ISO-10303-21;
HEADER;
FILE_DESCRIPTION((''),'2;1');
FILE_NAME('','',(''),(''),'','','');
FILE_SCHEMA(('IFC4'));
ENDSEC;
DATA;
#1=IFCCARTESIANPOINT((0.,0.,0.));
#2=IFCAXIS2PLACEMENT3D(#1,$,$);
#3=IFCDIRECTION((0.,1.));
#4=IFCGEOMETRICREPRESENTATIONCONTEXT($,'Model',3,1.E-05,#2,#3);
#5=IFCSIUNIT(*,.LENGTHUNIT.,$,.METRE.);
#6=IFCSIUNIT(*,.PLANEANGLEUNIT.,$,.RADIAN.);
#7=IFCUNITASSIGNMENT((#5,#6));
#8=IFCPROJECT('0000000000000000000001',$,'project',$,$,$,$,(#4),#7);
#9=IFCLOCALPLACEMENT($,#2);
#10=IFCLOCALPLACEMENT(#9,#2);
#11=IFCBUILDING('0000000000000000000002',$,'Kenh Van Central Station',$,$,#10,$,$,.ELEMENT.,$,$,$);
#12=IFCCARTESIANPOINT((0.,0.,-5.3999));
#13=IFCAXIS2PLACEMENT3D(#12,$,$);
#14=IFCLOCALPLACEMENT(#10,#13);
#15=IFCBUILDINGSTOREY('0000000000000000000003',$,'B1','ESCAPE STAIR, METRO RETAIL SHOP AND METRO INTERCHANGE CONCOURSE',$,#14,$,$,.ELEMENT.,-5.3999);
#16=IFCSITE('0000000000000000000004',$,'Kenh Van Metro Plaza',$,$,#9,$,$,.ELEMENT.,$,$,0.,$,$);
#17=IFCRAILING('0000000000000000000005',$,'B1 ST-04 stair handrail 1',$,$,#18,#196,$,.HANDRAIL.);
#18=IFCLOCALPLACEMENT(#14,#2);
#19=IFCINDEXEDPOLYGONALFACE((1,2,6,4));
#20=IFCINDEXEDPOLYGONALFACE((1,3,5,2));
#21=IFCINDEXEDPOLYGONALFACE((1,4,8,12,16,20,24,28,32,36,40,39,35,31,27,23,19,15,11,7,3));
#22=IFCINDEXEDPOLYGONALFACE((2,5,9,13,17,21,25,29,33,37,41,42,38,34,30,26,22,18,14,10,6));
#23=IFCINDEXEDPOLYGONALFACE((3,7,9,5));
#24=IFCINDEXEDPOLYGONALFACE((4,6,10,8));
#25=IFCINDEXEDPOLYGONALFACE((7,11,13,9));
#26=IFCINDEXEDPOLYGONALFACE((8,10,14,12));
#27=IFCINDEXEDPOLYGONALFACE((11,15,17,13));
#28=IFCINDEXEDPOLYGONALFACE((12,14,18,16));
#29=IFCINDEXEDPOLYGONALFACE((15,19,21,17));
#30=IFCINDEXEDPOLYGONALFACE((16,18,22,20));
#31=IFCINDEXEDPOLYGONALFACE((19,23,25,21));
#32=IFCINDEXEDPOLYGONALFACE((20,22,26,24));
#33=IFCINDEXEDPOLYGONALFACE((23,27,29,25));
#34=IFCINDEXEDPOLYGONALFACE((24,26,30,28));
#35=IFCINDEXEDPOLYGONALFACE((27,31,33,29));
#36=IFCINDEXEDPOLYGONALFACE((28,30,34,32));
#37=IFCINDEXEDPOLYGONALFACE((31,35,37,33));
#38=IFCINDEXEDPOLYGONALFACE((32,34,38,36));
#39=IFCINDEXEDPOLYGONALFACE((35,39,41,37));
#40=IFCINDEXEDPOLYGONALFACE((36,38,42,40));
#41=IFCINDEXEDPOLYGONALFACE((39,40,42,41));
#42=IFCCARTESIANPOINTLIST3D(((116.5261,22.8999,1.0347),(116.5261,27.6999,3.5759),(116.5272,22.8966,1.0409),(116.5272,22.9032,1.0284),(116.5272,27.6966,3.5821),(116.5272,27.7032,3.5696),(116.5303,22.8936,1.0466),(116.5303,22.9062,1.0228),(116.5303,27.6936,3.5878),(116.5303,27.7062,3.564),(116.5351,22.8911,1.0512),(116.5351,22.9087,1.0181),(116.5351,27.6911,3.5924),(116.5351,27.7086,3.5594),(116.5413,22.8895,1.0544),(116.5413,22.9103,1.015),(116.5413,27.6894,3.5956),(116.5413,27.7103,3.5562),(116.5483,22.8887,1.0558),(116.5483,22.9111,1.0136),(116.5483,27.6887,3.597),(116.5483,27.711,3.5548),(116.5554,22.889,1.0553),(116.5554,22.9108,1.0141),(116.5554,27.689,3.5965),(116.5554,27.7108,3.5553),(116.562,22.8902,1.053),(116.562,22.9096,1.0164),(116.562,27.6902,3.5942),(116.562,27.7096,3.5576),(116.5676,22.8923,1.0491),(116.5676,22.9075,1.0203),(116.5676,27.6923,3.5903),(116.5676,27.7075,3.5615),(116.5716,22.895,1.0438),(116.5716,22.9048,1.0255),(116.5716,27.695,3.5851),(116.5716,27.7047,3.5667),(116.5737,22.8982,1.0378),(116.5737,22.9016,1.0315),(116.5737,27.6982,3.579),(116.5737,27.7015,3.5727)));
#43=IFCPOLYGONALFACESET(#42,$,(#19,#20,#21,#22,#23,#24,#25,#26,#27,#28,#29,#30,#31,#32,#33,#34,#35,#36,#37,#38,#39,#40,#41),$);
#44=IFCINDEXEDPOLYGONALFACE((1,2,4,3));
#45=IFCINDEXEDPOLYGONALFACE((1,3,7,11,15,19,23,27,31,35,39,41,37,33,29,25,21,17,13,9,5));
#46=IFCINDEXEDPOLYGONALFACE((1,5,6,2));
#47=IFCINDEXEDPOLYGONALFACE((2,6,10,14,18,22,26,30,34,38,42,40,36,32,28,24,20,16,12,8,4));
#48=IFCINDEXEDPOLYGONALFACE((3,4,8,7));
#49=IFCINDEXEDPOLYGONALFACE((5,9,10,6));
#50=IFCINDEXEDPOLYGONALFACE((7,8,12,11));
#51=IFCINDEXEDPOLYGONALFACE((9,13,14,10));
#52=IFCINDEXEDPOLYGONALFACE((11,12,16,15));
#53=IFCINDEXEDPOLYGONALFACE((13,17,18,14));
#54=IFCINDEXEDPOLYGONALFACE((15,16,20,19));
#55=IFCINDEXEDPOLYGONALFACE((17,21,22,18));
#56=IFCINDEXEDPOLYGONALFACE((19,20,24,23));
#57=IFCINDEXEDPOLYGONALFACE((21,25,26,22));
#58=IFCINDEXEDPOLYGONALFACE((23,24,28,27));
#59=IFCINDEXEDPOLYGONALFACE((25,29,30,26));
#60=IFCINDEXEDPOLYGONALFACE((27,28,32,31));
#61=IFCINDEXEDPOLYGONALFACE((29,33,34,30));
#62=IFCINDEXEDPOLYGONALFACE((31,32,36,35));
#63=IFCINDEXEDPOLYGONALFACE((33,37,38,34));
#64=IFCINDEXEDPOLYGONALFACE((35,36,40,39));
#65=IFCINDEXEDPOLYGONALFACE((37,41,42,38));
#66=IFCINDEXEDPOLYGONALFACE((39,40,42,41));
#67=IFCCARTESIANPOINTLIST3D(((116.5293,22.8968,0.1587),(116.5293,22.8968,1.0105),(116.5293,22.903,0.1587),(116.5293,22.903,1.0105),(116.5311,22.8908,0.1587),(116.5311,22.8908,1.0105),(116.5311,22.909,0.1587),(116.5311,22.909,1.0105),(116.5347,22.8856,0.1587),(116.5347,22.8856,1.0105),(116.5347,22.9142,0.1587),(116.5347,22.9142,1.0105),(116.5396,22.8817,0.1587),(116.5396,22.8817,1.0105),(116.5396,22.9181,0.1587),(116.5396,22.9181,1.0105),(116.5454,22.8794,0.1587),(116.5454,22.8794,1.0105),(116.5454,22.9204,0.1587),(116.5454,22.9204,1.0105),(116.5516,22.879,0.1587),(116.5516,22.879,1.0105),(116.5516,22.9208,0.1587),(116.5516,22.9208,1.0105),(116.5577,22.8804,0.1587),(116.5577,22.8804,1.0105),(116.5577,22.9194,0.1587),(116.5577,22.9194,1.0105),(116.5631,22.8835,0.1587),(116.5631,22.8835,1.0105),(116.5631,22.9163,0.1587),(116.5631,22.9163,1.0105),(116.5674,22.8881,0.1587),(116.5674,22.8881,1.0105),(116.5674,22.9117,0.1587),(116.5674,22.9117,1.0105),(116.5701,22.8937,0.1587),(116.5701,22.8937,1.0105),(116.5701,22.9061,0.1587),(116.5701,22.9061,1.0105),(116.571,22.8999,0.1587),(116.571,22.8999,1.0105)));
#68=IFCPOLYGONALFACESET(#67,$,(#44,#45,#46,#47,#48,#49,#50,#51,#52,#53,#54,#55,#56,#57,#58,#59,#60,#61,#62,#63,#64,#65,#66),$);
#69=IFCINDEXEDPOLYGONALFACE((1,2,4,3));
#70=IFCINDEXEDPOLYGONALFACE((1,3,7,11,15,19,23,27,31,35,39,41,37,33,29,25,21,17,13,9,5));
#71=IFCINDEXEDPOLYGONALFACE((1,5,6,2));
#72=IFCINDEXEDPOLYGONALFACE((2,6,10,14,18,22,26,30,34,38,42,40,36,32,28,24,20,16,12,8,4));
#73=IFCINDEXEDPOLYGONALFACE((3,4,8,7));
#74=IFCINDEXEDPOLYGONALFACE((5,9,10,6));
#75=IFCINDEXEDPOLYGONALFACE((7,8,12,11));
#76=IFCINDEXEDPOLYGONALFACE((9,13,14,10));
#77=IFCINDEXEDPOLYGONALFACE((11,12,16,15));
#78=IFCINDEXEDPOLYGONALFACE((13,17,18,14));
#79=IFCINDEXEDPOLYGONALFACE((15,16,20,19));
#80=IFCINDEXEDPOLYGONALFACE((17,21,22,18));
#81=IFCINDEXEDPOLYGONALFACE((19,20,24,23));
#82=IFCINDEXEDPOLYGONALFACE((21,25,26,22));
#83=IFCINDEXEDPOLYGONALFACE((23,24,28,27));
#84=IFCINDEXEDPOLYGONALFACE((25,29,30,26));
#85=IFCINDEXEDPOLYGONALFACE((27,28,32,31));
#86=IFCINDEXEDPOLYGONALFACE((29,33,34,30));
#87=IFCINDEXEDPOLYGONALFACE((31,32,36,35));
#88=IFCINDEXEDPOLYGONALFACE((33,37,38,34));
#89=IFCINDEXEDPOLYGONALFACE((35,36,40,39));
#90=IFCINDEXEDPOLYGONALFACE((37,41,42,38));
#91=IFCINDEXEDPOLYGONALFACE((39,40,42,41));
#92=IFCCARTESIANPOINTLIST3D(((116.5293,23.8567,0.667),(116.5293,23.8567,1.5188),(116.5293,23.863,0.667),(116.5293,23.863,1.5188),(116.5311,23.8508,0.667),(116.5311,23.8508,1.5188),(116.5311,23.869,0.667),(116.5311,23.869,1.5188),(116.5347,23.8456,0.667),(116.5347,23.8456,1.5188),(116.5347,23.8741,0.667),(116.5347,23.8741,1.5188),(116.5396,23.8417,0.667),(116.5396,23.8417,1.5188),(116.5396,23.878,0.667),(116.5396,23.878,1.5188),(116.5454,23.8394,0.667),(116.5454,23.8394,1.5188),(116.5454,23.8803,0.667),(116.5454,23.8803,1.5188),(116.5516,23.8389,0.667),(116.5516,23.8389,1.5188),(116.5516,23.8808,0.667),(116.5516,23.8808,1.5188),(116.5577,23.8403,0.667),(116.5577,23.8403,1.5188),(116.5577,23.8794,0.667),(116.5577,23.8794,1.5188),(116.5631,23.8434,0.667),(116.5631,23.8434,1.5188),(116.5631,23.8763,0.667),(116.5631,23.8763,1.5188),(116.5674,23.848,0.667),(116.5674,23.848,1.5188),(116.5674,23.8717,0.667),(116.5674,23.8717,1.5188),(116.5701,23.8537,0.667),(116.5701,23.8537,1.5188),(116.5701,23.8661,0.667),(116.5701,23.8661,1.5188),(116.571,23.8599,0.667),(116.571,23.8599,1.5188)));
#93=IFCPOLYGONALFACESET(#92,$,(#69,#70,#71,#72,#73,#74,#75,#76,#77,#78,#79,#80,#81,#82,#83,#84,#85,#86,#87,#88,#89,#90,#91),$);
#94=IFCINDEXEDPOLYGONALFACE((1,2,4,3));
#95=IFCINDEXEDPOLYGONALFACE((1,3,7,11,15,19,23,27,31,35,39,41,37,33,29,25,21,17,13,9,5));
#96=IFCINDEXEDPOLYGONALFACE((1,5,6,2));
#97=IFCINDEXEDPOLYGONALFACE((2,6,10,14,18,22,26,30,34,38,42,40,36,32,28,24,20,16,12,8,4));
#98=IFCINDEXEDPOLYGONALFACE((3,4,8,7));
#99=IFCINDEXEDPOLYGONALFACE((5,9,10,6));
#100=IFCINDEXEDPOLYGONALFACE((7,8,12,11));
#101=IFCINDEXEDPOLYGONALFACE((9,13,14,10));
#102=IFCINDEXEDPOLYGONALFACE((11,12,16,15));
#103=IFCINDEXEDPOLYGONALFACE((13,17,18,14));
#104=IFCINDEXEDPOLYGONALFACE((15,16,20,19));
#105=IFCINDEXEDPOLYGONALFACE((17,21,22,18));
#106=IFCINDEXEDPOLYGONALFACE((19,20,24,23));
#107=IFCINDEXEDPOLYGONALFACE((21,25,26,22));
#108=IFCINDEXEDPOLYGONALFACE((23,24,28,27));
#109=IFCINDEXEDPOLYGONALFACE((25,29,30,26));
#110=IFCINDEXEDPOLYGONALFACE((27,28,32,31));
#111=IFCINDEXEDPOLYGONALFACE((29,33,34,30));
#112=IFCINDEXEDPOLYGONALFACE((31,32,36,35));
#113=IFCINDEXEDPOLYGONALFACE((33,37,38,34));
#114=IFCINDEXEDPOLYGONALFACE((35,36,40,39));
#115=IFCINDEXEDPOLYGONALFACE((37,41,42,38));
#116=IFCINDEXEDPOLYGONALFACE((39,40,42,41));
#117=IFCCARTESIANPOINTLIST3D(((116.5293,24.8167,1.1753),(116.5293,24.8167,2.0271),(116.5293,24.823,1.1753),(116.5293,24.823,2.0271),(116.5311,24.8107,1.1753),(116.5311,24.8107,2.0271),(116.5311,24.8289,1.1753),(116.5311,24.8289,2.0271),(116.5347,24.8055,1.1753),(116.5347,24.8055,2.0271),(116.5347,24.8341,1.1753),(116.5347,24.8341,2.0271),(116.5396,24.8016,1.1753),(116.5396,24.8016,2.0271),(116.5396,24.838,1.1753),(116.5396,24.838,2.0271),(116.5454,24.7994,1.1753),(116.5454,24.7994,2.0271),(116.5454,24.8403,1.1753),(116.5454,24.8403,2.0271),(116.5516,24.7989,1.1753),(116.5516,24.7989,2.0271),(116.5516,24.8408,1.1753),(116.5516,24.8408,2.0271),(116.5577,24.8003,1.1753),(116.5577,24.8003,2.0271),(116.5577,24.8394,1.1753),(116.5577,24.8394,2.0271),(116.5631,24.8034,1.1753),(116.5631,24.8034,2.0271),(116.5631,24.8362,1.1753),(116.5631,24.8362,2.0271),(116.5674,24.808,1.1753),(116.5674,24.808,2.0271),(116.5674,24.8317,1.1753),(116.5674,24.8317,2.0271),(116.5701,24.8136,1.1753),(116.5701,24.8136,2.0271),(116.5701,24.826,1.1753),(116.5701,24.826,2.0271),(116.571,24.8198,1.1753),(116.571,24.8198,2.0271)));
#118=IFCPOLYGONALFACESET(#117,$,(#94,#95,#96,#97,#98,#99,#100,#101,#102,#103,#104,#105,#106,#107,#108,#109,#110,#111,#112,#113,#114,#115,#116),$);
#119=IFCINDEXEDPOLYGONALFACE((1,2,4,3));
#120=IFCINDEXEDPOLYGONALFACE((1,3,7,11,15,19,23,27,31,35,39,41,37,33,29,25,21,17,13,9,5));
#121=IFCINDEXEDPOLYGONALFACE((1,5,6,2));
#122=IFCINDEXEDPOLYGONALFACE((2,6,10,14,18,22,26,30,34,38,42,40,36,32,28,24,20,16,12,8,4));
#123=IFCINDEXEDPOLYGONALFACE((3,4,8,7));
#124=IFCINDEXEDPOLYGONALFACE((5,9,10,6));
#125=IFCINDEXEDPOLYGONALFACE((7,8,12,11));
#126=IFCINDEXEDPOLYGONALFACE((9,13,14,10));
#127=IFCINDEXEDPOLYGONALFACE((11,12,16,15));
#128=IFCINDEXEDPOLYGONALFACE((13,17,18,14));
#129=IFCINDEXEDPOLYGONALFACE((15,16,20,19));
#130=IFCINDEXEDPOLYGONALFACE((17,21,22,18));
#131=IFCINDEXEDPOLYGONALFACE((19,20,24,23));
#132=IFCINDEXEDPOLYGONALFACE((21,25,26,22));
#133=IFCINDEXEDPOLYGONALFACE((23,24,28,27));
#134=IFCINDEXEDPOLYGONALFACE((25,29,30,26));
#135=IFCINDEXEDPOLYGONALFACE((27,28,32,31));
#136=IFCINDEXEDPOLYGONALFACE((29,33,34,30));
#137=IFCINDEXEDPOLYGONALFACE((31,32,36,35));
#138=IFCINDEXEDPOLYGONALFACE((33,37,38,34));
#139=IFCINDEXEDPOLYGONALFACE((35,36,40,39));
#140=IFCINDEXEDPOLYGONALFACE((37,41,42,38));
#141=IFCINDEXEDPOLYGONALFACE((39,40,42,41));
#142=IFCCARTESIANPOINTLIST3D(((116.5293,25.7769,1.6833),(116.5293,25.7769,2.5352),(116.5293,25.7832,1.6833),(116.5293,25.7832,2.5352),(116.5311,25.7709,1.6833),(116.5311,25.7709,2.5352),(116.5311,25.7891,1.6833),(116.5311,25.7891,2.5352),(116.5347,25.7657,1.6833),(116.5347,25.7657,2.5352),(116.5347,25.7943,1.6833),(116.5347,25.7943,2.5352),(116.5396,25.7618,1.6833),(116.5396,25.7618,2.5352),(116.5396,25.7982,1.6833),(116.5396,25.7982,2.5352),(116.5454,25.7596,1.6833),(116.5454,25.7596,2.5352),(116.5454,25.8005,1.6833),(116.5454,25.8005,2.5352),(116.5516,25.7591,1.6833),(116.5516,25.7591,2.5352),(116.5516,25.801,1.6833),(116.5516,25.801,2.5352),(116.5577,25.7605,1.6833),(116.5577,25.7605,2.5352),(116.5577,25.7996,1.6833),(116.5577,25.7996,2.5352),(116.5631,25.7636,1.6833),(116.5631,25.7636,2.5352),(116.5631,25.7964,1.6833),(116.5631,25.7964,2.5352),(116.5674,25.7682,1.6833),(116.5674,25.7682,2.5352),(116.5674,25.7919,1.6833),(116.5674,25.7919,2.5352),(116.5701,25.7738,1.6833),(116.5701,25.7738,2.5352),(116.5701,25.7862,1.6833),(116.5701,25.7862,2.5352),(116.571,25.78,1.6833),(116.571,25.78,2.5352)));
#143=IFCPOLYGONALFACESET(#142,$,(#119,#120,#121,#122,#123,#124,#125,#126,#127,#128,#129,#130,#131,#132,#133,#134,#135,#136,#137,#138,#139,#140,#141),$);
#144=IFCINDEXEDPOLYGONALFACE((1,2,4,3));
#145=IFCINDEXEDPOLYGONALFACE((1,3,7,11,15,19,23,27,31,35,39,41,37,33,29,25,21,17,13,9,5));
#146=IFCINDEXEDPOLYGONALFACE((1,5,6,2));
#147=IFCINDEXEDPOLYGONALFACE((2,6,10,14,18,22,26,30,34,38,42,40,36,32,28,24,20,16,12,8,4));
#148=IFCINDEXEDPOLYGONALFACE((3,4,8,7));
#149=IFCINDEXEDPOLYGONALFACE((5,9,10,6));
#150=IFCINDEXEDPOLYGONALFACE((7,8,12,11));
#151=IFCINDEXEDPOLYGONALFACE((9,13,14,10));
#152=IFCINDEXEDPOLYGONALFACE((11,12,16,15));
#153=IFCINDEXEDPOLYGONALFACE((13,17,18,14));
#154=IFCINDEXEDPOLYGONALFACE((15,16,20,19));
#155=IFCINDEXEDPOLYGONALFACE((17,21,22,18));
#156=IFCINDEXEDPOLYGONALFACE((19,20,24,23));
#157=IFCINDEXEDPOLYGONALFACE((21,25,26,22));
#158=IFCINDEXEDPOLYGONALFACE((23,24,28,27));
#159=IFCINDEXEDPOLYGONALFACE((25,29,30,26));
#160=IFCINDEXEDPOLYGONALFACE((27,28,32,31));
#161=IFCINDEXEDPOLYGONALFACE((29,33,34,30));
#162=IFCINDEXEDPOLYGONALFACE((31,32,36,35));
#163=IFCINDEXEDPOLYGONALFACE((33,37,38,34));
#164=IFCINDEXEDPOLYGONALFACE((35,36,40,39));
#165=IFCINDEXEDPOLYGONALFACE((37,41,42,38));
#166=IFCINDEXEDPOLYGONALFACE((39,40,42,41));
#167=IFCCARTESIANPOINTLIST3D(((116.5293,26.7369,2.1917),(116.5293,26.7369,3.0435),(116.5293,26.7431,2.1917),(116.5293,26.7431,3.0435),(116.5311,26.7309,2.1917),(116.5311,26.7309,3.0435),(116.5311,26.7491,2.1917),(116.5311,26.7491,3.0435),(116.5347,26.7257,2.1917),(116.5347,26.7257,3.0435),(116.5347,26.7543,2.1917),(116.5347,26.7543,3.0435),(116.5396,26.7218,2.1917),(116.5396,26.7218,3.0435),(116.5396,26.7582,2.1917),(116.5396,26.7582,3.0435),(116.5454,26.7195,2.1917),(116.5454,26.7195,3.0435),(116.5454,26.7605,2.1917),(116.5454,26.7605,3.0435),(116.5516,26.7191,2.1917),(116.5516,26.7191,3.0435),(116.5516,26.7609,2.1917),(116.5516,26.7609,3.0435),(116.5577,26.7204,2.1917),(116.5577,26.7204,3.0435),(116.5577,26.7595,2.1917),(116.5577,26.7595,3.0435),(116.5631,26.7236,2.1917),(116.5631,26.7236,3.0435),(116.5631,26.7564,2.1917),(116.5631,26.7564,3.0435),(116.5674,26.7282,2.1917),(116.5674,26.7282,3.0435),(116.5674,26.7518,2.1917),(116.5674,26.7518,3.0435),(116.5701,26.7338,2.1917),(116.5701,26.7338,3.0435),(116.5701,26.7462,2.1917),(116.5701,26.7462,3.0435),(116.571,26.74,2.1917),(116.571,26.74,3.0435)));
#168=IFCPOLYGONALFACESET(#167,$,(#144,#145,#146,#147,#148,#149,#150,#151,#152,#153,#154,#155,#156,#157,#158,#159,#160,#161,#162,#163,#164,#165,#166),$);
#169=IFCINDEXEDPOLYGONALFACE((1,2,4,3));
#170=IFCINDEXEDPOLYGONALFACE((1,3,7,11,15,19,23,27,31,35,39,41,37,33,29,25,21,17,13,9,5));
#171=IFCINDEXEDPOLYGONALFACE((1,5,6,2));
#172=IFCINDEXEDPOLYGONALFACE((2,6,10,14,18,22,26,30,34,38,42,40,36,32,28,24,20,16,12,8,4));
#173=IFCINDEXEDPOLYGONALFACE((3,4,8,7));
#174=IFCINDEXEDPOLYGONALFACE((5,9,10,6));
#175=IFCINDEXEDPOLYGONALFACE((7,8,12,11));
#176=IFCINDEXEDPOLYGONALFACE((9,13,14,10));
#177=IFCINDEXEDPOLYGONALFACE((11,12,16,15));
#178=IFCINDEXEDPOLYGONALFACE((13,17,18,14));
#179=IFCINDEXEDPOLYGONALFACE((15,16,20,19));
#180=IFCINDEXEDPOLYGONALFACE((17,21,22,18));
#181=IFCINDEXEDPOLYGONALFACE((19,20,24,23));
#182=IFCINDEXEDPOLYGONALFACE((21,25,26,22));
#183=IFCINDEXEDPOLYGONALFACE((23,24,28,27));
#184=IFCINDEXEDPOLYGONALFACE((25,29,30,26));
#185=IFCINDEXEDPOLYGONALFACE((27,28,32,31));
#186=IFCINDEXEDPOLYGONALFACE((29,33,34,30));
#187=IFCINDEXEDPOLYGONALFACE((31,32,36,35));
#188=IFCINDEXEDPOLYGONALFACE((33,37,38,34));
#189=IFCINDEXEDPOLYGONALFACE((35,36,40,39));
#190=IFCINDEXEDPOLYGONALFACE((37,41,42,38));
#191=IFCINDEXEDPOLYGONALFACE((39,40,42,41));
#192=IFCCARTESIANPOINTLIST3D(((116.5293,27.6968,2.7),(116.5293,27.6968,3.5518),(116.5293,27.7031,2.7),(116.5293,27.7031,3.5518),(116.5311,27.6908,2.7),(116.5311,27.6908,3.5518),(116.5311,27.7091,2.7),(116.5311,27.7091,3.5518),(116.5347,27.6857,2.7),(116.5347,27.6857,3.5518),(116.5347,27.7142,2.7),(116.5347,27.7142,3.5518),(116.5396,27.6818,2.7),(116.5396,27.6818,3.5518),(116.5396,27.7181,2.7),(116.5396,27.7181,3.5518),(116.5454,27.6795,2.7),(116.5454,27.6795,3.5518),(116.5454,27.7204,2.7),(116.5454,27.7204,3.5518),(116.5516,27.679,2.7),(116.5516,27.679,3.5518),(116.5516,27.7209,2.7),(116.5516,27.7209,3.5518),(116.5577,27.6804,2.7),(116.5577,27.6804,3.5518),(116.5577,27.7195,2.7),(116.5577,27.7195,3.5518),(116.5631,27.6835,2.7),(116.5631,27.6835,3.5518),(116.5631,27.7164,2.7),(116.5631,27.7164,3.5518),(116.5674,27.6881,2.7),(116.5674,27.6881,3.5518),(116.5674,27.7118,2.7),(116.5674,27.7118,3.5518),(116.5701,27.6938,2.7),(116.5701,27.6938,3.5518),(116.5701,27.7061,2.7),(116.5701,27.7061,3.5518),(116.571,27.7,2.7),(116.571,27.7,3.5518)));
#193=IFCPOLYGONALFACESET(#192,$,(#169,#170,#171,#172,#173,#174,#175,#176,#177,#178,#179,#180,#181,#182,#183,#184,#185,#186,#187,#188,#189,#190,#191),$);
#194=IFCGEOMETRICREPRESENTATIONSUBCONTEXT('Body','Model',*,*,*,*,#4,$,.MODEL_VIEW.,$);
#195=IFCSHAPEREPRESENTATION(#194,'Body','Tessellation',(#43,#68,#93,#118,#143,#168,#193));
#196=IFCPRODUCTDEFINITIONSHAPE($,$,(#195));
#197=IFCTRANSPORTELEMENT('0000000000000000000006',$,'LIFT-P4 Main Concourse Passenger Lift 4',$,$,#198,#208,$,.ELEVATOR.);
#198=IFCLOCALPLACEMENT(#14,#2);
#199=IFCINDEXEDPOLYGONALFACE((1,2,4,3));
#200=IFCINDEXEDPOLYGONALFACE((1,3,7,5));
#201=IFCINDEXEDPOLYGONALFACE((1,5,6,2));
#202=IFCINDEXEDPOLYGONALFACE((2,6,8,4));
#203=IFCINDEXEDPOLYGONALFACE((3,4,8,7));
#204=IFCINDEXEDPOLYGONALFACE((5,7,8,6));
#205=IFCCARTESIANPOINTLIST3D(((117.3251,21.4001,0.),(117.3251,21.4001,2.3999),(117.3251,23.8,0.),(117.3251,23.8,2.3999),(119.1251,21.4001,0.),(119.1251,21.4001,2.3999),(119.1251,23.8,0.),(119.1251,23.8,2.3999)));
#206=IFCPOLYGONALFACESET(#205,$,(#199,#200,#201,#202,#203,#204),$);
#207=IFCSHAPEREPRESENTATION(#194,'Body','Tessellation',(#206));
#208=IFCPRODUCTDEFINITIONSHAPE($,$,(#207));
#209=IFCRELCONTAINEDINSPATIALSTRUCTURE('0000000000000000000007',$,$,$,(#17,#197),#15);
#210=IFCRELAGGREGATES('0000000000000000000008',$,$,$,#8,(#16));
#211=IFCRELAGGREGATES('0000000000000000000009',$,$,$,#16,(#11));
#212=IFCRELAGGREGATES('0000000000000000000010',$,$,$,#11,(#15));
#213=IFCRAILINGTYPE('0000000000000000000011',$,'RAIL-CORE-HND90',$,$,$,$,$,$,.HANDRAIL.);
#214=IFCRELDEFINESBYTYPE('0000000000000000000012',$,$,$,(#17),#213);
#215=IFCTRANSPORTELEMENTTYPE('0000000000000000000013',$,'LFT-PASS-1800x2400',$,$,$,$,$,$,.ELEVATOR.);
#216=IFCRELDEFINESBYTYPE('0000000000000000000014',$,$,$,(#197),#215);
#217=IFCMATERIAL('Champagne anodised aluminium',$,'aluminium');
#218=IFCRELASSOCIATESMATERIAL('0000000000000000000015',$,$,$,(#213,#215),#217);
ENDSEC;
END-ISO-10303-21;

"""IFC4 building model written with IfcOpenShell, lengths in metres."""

from ifc_helpers import new_model, si_unit, direction, frame, origin, origin_2d, place, context, subcontext, project, spatial, rectangle, circle, extrude, material, type_object, element, save


model = new_model("IFC4")

# Units and contexts
model_context = context("Model", 3, precision=1e-05, world=origin(), true_north=direction((0.0, 1.0)))
body_context = subcontext(model_context, "Body", "Model", "MODEL_VIEW")
ifc_project = project(units=[si_unit("LENGTHUNIT", "METRE"), si_unit("PLANEANGLEUNIT", "RADIAN")], contexts=[model_context])

# Site, building, storey
site_placement = place(None, origin())
site = spatial("IfcSite", under=ifc_project, at=site_placement, Name="Kenh Van Metro Plaza", CompositionType="ELEMENT", RefElevation=0.0)
building_placement = place(site_placement, origin())
building = spatial("IfcBuilding", under=site, at=building_placement, Name="Kenh Van Central Station", CompositionType="ELEMENT")
storey_placement = place(building_placement, frame((0.0, 0.0, -5.3999)))
storey = spatial("IfcBuildingStorey", under=building, at=storey_placement, Name="B1", Description="ESCAPE STAIR, METRO RETAIL SHOP AND METRO INTERCHANGE CONCOURSE", CompositionType="ELEMENT", Elevation=-5.3999)

# Shared definitions
ifc_material_1 = material(Name="Champagne anodised aluminium", Category="aluminium")

# Railing
railing_type_1 = type_object("IfcRailingType", Name="RAIL-CORE-HND90", PredefinedType="HANDRAIL", material=ifc_material_1)
railing_1_placement = place(storey_placement, frame((116.55, 22.8999, 0.1587)))
element("IfcRailing", 1, at=railing_1_placement, inside=storey, type_object=railing_type_1, Name="B1 ST-04 stair handrail 1", PredefinedType="HANDRAIL", context=body_context, shape_type="SweptSolid", body=[
    extrude(circle(Radius=0.0239, at=origin_2d()), frame((0.0, 0.0, 0.876), z_axis=(0.0, 0.883784, 0.467896), x_axis=(-1.0, 0.0, 0.0)), (0.0, 0.0, 1.0), 5.4312),
    extrude(circle(Radius=0.021, at=origin_2d()), origin(), (0.0, 0.0, 1.0), 0.8518),
    extrude(circle(Radius=0.021, at=origin_2d()), frame((0.0, 0.96, 0.5083)), (0.0, 0.0, 1.0), 0.8518),
    extrude(circle(Radius=0.021, at=origin_2d()), frame((0.0, 1.9199, 1.0166)), (0.0, 0.0, 1.0), 0.8518),
    extrude(circle(Radius=0.021, at=origin_2d()), frame((0.0, 2.8801, 1.5247)), (0.0, 0.0, 1.0), 0.8518),
    extrude(circle(Radius=0.021, at=origin_2d()), frame((0.0, 3.8401, 2.033)), (0.0, 0.0, 1.0), 0.8518),
    extrude(circle(Radius=0.021, at=origin_2d()), frame((0.0, 4.8, 2.5413)), (0.0, 0.0, 1.0), 0.8518),
])

# Transport element
transport_element_type = type_object("IfcTransportElementType", Name="LFT-PASS-1800x2400", PredefinedType="ELEVATOR", material=ifc_material_1)
transport_element_placement = place(storey_placement, frame((118.2251, 22.6001, 0.0), z_axis=(0.0, 0.0, 1.0), x_axis=(1.0, 0.0, 0.0)))
element("IfcTransportElement", 2, at=transport_element_placement, inside=storey, type_object=transport_element_type, Name="LIFT-P4 Main Concourse Passenger Lift 4", PredefinedType="ELEVATOR", context=body_context, shape_type="SweptSolid", body=[
    extrude(rectangle(XDim=1.8, YDim=2.3999, at=origin_2d()), origin(), (0.0, 0.0, 1.0), 2.3999),
])

save(model, "model.ifc")
